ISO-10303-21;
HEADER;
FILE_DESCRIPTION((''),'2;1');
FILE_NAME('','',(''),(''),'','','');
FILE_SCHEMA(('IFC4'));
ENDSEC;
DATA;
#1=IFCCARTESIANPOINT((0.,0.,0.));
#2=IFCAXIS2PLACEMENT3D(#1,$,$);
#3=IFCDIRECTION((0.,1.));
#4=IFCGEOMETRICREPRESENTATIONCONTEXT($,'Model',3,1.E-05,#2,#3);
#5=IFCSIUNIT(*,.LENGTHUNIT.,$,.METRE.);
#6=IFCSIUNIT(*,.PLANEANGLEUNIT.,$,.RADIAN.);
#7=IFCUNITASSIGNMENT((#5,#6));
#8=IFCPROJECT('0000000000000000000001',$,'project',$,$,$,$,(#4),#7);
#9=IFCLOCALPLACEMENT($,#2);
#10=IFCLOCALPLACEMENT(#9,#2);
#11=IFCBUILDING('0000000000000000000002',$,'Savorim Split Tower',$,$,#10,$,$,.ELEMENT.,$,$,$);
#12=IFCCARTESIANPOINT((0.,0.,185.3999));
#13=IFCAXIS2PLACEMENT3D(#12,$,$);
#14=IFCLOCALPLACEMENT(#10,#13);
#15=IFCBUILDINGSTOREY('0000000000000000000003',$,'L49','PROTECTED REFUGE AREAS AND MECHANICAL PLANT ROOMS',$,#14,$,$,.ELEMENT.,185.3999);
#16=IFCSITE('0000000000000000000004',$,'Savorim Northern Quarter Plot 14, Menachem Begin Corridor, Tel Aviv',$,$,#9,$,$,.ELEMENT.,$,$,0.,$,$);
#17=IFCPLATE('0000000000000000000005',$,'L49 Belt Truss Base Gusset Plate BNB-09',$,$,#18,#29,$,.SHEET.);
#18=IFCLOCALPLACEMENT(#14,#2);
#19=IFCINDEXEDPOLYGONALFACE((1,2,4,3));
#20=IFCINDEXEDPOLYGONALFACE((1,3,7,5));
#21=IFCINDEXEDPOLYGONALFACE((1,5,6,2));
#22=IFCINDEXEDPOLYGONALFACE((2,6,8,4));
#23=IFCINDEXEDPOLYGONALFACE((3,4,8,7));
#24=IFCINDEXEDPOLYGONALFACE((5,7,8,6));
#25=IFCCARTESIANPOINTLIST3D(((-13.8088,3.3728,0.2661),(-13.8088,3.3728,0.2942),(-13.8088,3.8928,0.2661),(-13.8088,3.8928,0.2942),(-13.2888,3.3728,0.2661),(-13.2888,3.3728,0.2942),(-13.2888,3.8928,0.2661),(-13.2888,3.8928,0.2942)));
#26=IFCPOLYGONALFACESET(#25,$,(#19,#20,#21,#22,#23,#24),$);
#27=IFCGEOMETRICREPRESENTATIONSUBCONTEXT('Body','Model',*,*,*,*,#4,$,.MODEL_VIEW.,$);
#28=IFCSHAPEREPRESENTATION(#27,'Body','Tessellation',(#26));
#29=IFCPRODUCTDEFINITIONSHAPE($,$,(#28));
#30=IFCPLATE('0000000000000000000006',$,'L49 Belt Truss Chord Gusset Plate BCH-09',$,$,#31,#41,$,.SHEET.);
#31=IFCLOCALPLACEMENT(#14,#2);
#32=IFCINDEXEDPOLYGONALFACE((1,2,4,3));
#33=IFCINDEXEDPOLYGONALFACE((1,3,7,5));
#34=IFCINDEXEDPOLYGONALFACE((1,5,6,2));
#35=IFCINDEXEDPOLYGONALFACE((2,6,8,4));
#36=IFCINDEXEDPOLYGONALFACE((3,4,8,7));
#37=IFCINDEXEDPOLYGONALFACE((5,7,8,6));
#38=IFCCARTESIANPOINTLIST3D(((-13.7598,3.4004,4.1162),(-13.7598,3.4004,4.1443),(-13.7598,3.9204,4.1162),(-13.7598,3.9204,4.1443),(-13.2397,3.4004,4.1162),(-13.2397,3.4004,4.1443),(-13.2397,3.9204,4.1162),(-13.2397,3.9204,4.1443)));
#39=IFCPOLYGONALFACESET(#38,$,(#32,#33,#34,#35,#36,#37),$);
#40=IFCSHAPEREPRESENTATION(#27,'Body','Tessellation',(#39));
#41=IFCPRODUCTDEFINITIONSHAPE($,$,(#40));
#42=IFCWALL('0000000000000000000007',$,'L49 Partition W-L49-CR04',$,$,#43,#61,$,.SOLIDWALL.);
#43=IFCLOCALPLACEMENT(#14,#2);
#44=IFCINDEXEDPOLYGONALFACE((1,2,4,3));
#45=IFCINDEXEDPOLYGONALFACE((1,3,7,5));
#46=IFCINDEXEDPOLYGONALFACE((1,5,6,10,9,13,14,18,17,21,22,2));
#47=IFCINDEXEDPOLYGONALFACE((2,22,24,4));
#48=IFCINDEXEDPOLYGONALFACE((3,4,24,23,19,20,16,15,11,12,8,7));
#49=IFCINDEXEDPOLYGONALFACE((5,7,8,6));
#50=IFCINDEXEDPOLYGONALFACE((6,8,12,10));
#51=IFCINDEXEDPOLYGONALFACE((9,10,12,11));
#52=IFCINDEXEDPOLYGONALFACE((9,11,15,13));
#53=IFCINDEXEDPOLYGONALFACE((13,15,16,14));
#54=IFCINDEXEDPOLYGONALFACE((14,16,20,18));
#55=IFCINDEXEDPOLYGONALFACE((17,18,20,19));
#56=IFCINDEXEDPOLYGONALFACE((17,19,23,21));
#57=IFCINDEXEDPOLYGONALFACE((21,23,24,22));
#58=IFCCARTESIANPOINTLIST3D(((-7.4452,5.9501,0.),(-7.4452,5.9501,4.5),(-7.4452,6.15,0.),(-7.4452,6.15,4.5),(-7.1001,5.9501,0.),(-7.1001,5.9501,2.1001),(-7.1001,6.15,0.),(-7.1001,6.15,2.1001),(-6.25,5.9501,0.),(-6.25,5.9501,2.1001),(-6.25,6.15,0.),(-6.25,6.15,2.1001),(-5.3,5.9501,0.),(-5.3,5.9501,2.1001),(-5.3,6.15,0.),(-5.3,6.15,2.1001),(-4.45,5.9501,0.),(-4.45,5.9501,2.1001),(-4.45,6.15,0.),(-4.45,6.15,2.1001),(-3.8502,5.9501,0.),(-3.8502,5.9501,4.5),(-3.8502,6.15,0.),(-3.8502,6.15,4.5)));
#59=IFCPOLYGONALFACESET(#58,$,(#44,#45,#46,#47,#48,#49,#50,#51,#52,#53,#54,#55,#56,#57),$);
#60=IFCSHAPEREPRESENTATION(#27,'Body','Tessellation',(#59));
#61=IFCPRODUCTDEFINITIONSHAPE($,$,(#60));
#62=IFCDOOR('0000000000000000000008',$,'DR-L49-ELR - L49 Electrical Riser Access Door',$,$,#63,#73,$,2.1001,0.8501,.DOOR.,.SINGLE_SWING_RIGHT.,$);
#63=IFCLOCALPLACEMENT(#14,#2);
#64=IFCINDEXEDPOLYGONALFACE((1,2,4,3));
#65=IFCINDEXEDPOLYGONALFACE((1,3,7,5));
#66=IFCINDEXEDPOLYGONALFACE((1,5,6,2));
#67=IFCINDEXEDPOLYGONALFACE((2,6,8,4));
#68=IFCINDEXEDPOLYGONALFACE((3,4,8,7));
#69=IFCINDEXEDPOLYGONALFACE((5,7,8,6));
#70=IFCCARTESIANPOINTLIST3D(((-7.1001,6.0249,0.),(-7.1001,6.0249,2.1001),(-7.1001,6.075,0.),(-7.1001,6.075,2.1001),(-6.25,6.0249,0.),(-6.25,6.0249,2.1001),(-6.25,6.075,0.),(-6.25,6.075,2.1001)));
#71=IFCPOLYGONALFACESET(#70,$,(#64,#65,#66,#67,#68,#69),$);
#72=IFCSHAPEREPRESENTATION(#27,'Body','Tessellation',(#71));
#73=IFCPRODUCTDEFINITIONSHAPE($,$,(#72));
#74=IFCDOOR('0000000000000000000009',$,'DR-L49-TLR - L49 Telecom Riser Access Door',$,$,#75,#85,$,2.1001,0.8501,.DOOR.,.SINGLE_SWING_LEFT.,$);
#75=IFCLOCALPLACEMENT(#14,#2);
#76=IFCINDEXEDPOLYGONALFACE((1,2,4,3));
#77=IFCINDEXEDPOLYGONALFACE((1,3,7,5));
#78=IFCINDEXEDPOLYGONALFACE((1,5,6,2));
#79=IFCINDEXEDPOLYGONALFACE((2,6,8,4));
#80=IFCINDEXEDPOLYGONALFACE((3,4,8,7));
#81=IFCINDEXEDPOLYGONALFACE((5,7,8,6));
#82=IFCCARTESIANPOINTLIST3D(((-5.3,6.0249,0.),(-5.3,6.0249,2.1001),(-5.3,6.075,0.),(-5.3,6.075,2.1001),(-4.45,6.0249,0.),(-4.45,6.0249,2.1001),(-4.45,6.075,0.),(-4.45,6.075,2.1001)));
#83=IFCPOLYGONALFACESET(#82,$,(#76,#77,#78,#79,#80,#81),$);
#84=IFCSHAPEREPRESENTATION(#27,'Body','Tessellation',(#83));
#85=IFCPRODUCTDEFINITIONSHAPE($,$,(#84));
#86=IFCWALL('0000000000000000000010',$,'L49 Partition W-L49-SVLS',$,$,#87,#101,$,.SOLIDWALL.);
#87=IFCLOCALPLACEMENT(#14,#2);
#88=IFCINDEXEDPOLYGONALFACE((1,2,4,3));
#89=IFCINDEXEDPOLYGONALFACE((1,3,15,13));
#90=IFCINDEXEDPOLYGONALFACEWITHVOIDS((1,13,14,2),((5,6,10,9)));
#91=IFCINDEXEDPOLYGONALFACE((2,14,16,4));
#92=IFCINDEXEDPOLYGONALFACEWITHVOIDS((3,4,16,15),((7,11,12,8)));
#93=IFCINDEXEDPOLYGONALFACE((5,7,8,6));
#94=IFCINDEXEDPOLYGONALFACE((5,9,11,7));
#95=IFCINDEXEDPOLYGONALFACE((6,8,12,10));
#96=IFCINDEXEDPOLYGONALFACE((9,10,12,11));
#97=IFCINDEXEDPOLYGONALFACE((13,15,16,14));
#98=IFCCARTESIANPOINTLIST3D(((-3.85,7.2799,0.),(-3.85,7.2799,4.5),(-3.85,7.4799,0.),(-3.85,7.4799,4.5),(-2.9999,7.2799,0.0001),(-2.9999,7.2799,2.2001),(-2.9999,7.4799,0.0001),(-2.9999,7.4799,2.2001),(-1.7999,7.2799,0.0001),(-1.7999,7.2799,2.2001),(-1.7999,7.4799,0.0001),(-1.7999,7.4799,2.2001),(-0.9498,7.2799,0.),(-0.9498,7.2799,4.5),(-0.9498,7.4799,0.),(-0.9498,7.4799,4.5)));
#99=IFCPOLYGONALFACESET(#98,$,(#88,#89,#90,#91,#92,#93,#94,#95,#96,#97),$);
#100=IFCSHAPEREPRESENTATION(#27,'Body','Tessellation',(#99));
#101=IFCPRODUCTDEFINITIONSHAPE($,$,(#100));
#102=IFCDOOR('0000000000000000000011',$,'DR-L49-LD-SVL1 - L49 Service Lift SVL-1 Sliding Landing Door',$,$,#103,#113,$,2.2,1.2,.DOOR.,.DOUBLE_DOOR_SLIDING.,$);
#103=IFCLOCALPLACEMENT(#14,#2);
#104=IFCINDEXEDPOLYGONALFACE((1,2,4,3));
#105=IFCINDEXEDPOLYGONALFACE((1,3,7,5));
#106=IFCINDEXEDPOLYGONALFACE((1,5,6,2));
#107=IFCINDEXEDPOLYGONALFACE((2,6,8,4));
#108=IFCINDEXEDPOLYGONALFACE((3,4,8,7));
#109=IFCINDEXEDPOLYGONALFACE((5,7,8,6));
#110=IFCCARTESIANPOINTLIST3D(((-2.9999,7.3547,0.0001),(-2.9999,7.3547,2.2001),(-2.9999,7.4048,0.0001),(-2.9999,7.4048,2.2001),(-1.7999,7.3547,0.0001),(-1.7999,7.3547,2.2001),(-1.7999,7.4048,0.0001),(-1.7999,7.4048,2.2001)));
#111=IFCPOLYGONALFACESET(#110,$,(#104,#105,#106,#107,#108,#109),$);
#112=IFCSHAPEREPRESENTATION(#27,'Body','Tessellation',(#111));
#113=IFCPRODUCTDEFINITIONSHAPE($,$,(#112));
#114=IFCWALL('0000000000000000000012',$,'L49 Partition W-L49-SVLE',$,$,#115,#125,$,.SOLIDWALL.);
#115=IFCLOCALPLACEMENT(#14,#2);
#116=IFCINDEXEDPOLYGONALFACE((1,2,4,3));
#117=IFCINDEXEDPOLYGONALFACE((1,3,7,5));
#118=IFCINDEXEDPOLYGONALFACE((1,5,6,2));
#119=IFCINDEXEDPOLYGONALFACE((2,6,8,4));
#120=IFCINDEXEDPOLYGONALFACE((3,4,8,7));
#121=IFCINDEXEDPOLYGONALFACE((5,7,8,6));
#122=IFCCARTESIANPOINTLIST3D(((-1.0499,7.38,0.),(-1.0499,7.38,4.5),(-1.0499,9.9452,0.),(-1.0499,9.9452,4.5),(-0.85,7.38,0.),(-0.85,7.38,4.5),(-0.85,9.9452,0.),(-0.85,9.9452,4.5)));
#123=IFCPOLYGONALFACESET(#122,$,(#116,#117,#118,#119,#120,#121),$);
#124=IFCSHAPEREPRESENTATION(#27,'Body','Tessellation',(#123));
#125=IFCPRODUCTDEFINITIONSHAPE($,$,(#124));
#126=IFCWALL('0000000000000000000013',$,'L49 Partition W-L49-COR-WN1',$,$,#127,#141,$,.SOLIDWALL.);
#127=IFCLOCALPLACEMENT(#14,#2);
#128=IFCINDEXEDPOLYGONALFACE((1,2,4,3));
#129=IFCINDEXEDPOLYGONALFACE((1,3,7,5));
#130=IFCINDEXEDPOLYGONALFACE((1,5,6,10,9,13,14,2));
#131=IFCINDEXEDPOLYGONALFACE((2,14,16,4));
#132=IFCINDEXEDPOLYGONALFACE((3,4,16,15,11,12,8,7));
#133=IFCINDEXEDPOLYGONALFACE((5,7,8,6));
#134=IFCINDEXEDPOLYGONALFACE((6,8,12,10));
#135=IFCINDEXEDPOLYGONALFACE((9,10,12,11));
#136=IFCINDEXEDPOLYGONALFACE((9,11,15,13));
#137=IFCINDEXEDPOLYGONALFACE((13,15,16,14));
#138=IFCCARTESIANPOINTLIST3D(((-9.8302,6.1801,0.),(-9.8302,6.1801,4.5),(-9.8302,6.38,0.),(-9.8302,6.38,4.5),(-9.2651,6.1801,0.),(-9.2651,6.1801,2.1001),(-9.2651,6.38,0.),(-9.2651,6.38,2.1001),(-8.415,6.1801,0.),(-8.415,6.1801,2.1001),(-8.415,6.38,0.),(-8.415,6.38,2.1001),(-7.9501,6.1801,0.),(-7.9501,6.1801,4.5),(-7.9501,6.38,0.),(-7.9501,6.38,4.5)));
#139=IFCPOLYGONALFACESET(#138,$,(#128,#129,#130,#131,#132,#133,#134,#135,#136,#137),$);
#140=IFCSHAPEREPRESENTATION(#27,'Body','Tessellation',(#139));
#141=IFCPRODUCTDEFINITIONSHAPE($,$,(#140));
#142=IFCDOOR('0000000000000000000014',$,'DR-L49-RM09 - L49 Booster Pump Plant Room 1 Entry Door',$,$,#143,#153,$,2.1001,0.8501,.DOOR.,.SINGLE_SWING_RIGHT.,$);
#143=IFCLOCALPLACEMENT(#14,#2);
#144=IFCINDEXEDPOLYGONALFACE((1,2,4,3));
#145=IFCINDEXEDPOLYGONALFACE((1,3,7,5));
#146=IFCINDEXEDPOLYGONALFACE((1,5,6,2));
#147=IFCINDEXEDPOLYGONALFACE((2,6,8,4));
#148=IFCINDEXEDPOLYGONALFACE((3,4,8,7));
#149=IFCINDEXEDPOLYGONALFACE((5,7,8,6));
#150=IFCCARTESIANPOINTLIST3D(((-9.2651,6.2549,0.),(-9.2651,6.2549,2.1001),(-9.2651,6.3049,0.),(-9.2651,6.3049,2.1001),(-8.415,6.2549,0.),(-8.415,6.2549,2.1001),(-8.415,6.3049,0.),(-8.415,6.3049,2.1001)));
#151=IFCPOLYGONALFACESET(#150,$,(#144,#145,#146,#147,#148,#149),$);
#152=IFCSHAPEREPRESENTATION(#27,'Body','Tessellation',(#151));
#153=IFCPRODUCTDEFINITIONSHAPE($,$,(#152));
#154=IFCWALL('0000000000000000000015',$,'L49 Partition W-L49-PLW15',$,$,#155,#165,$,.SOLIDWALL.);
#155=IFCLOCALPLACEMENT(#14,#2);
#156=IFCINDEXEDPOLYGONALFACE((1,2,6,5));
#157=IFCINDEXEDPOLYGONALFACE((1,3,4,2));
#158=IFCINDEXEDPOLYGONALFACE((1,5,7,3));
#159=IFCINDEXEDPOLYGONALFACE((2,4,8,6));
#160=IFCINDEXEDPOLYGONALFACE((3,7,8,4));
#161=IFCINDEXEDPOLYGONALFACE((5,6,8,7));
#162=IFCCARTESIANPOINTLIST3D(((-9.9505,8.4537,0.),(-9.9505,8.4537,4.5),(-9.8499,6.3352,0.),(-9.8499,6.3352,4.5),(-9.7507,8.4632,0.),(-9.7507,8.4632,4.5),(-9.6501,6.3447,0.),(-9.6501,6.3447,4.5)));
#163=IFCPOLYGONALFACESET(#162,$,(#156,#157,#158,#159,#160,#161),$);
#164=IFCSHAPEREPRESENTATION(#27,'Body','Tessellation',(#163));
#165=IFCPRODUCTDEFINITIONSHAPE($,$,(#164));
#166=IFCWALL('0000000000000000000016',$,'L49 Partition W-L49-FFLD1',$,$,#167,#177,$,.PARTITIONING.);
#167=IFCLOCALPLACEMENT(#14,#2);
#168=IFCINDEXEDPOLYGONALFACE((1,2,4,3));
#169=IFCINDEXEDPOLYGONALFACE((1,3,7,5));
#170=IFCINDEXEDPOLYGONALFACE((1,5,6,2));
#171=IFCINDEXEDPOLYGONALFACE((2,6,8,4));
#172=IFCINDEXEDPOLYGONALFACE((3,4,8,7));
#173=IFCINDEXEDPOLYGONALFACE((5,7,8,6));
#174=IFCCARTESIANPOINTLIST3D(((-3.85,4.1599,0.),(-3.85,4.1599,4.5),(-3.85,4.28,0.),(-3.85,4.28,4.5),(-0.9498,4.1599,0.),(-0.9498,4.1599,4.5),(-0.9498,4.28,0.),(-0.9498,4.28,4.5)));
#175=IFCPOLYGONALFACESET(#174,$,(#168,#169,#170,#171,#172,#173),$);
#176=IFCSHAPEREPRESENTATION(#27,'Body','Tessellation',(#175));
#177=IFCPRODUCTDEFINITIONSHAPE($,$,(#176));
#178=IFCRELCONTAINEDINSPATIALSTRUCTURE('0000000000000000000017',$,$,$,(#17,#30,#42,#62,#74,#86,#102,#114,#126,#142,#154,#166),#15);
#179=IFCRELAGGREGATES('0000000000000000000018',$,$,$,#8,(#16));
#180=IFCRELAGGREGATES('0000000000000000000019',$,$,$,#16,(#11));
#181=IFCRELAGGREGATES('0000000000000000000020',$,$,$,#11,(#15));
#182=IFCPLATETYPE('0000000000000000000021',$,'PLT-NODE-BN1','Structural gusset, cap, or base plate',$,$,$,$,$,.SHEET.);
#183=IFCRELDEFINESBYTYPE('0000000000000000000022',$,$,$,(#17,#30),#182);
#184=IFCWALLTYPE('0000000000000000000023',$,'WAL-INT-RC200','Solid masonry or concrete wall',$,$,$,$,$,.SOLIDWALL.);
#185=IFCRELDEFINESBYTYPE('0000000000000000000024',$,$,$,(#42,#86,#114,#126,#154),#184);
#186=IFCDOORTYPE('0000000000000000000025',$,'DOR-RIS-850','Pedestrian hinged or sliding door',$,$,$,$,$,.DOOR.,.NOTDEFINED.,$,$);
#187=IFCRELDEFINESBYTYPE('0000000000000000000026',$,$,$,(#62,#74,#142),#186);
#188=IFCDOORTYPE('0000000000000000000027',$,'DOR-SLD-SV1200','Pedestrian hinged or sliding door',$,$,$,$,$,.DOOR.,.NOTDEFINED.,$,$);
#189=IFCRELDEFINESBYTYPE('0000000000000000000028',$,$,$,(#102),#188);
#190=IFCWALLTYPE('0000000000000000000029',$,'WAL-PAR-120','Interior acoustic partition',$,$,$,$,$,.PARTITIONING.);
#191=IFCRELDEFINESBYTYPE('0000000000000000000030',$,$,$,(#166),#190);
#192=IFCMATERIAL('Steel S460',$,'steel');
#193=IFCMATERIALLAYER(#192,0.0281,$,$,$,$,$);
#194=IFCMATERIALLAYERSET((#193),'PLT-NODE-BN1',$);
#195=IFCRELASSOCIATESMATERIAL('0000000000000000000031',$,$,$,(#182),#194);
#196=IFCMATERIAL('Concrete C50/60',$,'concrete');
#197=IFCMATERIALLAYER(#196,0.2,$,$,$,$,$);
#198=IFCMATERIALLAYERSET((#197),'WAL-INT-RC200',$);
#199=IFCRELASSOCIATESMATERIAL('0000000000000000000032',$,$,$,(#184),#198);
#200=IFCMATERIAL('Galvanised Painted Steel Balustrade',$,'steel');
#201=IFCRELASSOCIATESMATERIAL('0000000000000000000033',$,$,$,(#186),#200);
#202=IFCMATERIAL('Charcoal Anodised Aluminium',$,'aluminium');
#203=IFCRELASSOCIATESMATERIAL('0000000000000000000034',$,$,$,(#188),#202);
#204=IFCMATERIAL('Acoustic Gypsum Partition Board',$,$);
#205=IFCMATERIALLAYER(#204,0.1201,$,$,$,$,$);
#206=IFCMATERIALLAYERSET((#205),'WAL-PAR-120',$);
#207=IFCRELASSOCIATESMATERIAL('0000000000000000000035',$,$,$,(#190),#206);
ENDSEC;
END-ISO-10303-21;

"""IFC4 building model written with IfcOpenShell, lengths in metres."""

from ifc_helpers import new_model, si_unit, direction, frame, frame_2d, origin, origin_2d, place, context, subcontext, project, spatial, rectangle, extrude, material, layer, layer_set, type_object, element, fill, save


model = new_model("IFC4")

# Units and contexts
model_context = context("Model", 3, precision=1e-05, world=origin(), true_north=direction((0.0, 1.0)))
body_context = subcontext(model_context, "Body", "Model", "MODEL_VIEW")
ifc_project = project(units=[si_unit("LENGTHUNIT", "METRE"), si_unit("PLANEANGLEUNIT", "RADIAN")], contexts=[model_context])

# Site, building, storey
site_placement = place(None, origin())
site = spatial("IfcSite", under=ifc_project, at=site_placement, Name="Savorim Northern Quarter Plot 14, Menachem Begin Corridor, Tel Aviv", CompositionType="ELEMENT", RefElevation=0.0)
building_placement = place(site_placement, origin())
building = spatial("IfcBuilding", under=site, at=building_placement, Name="Savorim Split Tower", CompositionType="ELEMENT")
storey_placement = place(building_placement, frame((0.0, 0.0, 185.3999)))
storey = spatial("IfcBuildingStorey", under=building, at=storey_placement, Name="L49", Description="PROTECTED REFUGE AREAS AND MECHANICAL PLANT ROOMS", CompositionType="ELEMENT", Elevation=185.3999)

# Shared definitions
ifc_material_1 = material(Name="Steel S460", Category="steel")

# Shared definitions
ifc_material_2 = material(Name="Charcoal Anodised Aluminium", Category="aluminium")

# Plates
ifc_layer_1 = layer(ifc_material_1, 0.0281)
ifc_layer_set_1 = layer_set([ifc_layer_1], Name="PLT-NODE-BN1")
plate_type_1 = type_object("IfcPlateType", Name="PLT-NODE-BN1", Description="Structural gusset, cap, or base plate", PredefinedType="SHEET", material=ifc_layer_set_1)
for number, where, z_axis, x_axis, name in (
    (1, (-13.5488, 3.6328, 0.2661), (0.0, 0.0, 1.0), (1.0, 0.0, 0.0), "L49 Belt Truss Base Gusset Plate BNB-09"),
    (2, (-13.4998, 3.6604, 4.1162), (0.0, 0.0, 1.0), (1.0, 0.0, 0.0), "L49 Belt Truss Chord Gusset Plate BCH-09"),
):
    element("IfcPlate", number, at=place(storey_placement, frame(where, z_axis=z_axis, x_axis=x_axis)), inside=storey, type_object=plate_type_1, Name=name, PredefinedType="SHEET", context=body_context, shape_type="SweptSolid", body=[
        extrude(rectangle(XDim=0.52, YDim=0.52, at=origin_2d()), origin(), (0.0, 0.0, 1.0), 0.0281),
    ])

# Wall, openings, doors
ifc_material_3 = material(Name="Concrete C50/60", Category="concrete")
ifc_layer_2 = layer(ifc_material_3, 0.2)
ifc_layer_set_2 = layer_set([ifc_layer_2], Name="WAL-INT-RC200")
wall_type_1 = type_object("IfcWallType", Name="WAL-INT-RC200", Description="Solid masonry or concrete wall", PredefinedType="SOLIDWALL", material=ifc_layer_set_2)
wall_1_placement = place(storey_placement, frame((-7.4451, 6.05, 0.0), z_axis=(0.0, 0.0, 1.0), x_axis=(1.0, 0.0, 0.0)))
wall_1 = element("IfcWall", 3, at=wall_1_placement, inside=storey, type_object=wall_type_1, Name="L49 Partition W-L49-CR04", PredefinedType="SOLIDWALL", context=body_context, shape_type="SweptSolid", body=[
    extrude(rectangle(XDim=3.595, YDim=0.2, at=frame_2d((1.7974, 0.0))), origin(), (0.0, 0.0, 1.0), 4.5),
])
opening_1_placement = place(wall_1_placement, frame((0.345, 0.0, 0.0)))
opening_1 = element("IfcOpeningElement", 4, at=opening_1_placement, cuts=wall_1, PredefinedType="OPENING", context=body_context, shape_type="SweptSolid", body=[
    extrude(rectangle(XDim=0.8501, YDim=2.1001, at=frame_2d((0.425, 1.05))), frame((0.0, 0.1099, 0.0), z_axis=(0.0, -1.0, 0.0), x_axis=(1.0, 0.0, 0.0)), (0.0, 0.0, 1.0), 0.22),
])
opening_2_placement = place(wall_1_placement, frame((2.145, 0.0, 0.0)))
opening_2 = element("IfcOpeningElement", 5, at=opening_2_placement, cuts=wall_1, PredefinedType="OPENING", context=body_context, shape_type="SweptSolid", body=[
    extrude(rectangle(XDim=0.8501, YDim=2.1001, at=frame_2d((0.425, 1.05))), frame((0.0, 0.1099, 0.0), z_axis=(0.0, -1.0, 0.0), x_axis=(1.0, 0.0, 0.0)), (0.0, 0.0, 1.0), 0.22),
])
ifc_material_4 = material(Name="Galvanised Painted Steel Balustrade", Category="steel")
door_type_1 = type_object("IfcDoorType", Name="DOR-RIS-850", Description="Pedestrian hinged or sliding door", OperationType="NOTDEFINED", PredefinedType="DOOR", material=ifc_material_4)
door_1_placement = place(opening_1_placement, origin())
door_1 = element("IfcDoor", 6, at=door_1_placement, inside=storey, type_object=door_type_1, Name="DR-L49-ELR - L49 Electrical Riser Access Door", OperationType="SINGLE_SWING_RIGHT", OverallHeight=2.1001, OverallWidth=0.8501, PredefinedType="DOOR", context=body_context, shape_type="SweptSolid", body=[
    extrude(rectangle(XDim=0.8501, YDim=2.1001, at=frame_2d((0.425, 1.05))), frame((0.0, 0.0249, 0.0), z_axis=(0.0, -1.0, 0.0), x_axis=(1.0, 0.0, 0.0)), (0.0, 0.0, 1.0), 0.05),
])
fill(opening_1, door_1)
door_2_placement = place(opening_2_placement, origin())
door_2 = element("IfcDoor", 7, at=door_2_placement, inside=storey, type_object=door_type_1, Name="DR-L49-TLR - L49 Telecom Riser Access Door", OperationType="SINGLE_SWING_LEFT", OverallHeight=2.1001, OverallWidth=0.8501, PredefinedType="DOOR", context=body_context, shape_type="SweptSolid", body=[
    extrude(rectangle(XDim=0.8501, YDim=2.1001, at=frame_2d((0.425, 1.05))), frame((0.0, 0.0249, 0.0), z_axis=(0.0, -1.0, 0.0), x_axis=(1.0, 0.0, 0.0)), (0.0, 0.0, 1.0), 0.05),
])
fill(opening_2, door_2)

# Wall, opening, door
wall_2_placement = place(storey_placement, frame((-3.8501, 7.3799, 0.0), z_axis=(0.0, 0.0, 1.0), x_axis=(1.0, 0.0, 0.0)))
wall_2 = element("IfcWall", 8, at=wall_2_placement, inside=storey, type_object=wall_type_1, Name="L49 Partition W-L49-SVLS", PredefinedType="SOLIDWALL", context=body_context, shape_type="SweptSolid", body=[
    extrude(rectangle(XDim=2.9001, YDim=0.2, at=frame_2d((1.4502, 0.0))), origin(), (0.0, 0.0, 1.0), 4.5),
])
opening_3_placement = place(wall_2_placement, frame((0.8501, 0.0, 0.0)))
opening_3 = element("IfcOpeningElement", 9, at=opening_3_placement, cuts=wall_2, PredefinedType="OPENING", context=body_context, shape_type="SweptSolid", body=[
    extrude(rectangle(XDim=1.2, YDim=2.2, at=frame_2d((0.6001, 1.1001))), frame((0.0, 0.1099, 0.0), z_axis=(0.0, -1.0, 0.0), x_axis=(1.0, 0.0, 0.0)), (0.0, 0.0, 1.0), 0.22),
])
door_type_2 = type_object("IfcDoorType", Name="DOR-SLD-SV1200", Description="Pedestrian hinged or sliding door", OperationType="NOTDEFINED", PredefinedType="DOOR", material=ifc_material_2)
door_3_placement = place(opening_3_placement, origin())
door_3 = element("IfcDoor", 10, at=door_3_placement, inside=storey, type_object=door_type_2, Name="DR-L49-LD-SVL1 - L49 Service Lift SVL-1 Sliding Landing Door", OperationType="DOUBLE_DOOR_SLIDING", OverallHeight=2.2, OverallWidth=1.2, PredefinedType="DOOR", context=body_context, shape_type="SweptSolid", body=[
    extrude(rectangle(XDim=1.2, YDim=2.2, at=frame_2d((0.6001, 1.1001))), frame((0.0, 0.0249, 0.0), z_axis=(0.0, -1.0, 0.0), x_axis=(1.0, 0.0, 0.0)), (0.0, 0.0, 1.0), 0.05),
])
fill(opening_3, door_3)

# Wall
wall_3_placement = place(storey_placement, frame((-0.95, 7.3799, 0.0), z_axis=(0.0, 0.0, 1.0), x_axis=(0.0, 1.0, 0.0)))
element("IfcWall", 11, at=wall_3_placement, inside=storey, type_object=wall_type_1, Name="L49 Partition W-L49-SVLE", PredefinedType="SOLIDWALL", context=body_context, shape_type="SweptSolid", body=[
    extrude(rectangle(XDim=2.5652, YDim=0.2, at=frame_2d((1.2827, 0.0))), origin(), (0.0, 0.0, 1.0), 4.5),
])

# Wall, opening, door
wall_4_placement = place(storey_placement, frame((-9.8301, 6.28, 0.0), z_axis=(0.0, 0.0, 1.0), x_axis=(1.0, 0.0, 0.0)))
wall_4 = element("IfcWall", 12, at=wall_4_placement, inside=storey, type_object=wall_type_1, Name="L49 Partition W-L49-COR-WN1", PredefinedType="SOLIDWALL", context=body_context, shape_type="SweptSolid", body=[
    extrude(rectangle(XDim=1.8801, YDim=0.2, at=frame_2d((0.9399, 0.0))), origin(), (0.0, 0.0, 1.0), 4.5),
])
opening_4_placement = place(wall_4_placement, frame((0.5649, 0.0, 0.0)))
opening_4 = element("IfcOpeningElement", 13, at=opening_4_placement, cuts=wall_4, PredefinedType="OPENING", context=body_context, shape_type="SweptSolid", body=[
    extrude(rectangle(XDim=0.8501, YDim=2.1001, at=frame_2d((0.425, 1.05))), frame((0.0, 0.1099, 0.0), z_axis=(0.0, -1.0, 0.0), x_axis=(1.0, 0.0, 0.0)), (0.0, 0.0, 1.0), 0.22),
])
door_4_placement = place(opening_4_placement, origin())
door_4 = element("IfcDoor", 14, at=door_4_placement, inside=storey, type_object=door_type_1, Name="DR-L49-RM09 - L49 Booster Pump Plant Room 1 Entry Door", OperationType="SINGLE_SWING_RIGHT", OverallHeight=2.1001, OverallWidth=0.8501, PredefinedType="DOOR", context=body_context, shape_type="SweptSolid", body=[
    extrude(rectangle(XDim=0.8501, YDim=2.1001, at=frame_2d((0.425, 1.05))), frame((0.0, 0.0249, 0.0), z_axis=(0.0, -1.0, 0.0), x_axis=(1.0, 0.0, 0.0)), (0.0, 0.0, 1.0), 0.05),
])
fill(opening_4, door_4)

# Walls
wall_5_placement = place(storey_placement, frame((-9.75, 6.3398, 0.0), z_axis=(0.0, 0.0, 1.0), x_axis=(-0.047428, 0.998875, 0.0)))
element("IfcWall", 15, at=wall_5_placement, inside=storey, type_object=wall_type_1, Name="L49 Partition W-L49-PLW15", PredefinedType="SOLIDWALL", context=body_context, shape_type="SweptSolid", body=[
    extrude(rectangle(XDim=2.1208, YDim=0.2, at=frame_2d((1.0605, 0.0))), origin(), (0.0, 0.0, 1.0), 4.5),
])
ifc_material_5 = material(Name="Acoustic Gypsum Partition Board")
ifc_layer_3 = layer(ifc_material_5, 0.1201)
ifc_layer_set_3 = layer_set([ifc_layer_3], Name="WAL-PAR-120")
wall_type_2 = type_object("IfcWallType", Name="WAL-PAR-120", Description="Interior acoustic partition", PredefinedType="PARTITIONING", material=ifc_layer_set_3)
wall_6_placement = place(storey_placement, frame((-3.8501, 4.22, 0.0), z_axis=(0.0, 0.0, 1.0), x_axis=(1.0, 0.0, 0.0)))
element("IfcWall", 16, at=wall_6_placement, inside=storey, type_object=wall_type_2, Name="L49 Partition W-L49-FFLD1", PredefinedType="PARTITIONING", context=body_context, shape_type="SweptSolid", body=[
    extrude(rectangle(XDim=2.9001, YDim=0.1201, at=frame_2d((1.4502, 0.0))), origin(), (0.0, 0.0, 1.0), 4.5),
])

save(model, "model.ifc")
